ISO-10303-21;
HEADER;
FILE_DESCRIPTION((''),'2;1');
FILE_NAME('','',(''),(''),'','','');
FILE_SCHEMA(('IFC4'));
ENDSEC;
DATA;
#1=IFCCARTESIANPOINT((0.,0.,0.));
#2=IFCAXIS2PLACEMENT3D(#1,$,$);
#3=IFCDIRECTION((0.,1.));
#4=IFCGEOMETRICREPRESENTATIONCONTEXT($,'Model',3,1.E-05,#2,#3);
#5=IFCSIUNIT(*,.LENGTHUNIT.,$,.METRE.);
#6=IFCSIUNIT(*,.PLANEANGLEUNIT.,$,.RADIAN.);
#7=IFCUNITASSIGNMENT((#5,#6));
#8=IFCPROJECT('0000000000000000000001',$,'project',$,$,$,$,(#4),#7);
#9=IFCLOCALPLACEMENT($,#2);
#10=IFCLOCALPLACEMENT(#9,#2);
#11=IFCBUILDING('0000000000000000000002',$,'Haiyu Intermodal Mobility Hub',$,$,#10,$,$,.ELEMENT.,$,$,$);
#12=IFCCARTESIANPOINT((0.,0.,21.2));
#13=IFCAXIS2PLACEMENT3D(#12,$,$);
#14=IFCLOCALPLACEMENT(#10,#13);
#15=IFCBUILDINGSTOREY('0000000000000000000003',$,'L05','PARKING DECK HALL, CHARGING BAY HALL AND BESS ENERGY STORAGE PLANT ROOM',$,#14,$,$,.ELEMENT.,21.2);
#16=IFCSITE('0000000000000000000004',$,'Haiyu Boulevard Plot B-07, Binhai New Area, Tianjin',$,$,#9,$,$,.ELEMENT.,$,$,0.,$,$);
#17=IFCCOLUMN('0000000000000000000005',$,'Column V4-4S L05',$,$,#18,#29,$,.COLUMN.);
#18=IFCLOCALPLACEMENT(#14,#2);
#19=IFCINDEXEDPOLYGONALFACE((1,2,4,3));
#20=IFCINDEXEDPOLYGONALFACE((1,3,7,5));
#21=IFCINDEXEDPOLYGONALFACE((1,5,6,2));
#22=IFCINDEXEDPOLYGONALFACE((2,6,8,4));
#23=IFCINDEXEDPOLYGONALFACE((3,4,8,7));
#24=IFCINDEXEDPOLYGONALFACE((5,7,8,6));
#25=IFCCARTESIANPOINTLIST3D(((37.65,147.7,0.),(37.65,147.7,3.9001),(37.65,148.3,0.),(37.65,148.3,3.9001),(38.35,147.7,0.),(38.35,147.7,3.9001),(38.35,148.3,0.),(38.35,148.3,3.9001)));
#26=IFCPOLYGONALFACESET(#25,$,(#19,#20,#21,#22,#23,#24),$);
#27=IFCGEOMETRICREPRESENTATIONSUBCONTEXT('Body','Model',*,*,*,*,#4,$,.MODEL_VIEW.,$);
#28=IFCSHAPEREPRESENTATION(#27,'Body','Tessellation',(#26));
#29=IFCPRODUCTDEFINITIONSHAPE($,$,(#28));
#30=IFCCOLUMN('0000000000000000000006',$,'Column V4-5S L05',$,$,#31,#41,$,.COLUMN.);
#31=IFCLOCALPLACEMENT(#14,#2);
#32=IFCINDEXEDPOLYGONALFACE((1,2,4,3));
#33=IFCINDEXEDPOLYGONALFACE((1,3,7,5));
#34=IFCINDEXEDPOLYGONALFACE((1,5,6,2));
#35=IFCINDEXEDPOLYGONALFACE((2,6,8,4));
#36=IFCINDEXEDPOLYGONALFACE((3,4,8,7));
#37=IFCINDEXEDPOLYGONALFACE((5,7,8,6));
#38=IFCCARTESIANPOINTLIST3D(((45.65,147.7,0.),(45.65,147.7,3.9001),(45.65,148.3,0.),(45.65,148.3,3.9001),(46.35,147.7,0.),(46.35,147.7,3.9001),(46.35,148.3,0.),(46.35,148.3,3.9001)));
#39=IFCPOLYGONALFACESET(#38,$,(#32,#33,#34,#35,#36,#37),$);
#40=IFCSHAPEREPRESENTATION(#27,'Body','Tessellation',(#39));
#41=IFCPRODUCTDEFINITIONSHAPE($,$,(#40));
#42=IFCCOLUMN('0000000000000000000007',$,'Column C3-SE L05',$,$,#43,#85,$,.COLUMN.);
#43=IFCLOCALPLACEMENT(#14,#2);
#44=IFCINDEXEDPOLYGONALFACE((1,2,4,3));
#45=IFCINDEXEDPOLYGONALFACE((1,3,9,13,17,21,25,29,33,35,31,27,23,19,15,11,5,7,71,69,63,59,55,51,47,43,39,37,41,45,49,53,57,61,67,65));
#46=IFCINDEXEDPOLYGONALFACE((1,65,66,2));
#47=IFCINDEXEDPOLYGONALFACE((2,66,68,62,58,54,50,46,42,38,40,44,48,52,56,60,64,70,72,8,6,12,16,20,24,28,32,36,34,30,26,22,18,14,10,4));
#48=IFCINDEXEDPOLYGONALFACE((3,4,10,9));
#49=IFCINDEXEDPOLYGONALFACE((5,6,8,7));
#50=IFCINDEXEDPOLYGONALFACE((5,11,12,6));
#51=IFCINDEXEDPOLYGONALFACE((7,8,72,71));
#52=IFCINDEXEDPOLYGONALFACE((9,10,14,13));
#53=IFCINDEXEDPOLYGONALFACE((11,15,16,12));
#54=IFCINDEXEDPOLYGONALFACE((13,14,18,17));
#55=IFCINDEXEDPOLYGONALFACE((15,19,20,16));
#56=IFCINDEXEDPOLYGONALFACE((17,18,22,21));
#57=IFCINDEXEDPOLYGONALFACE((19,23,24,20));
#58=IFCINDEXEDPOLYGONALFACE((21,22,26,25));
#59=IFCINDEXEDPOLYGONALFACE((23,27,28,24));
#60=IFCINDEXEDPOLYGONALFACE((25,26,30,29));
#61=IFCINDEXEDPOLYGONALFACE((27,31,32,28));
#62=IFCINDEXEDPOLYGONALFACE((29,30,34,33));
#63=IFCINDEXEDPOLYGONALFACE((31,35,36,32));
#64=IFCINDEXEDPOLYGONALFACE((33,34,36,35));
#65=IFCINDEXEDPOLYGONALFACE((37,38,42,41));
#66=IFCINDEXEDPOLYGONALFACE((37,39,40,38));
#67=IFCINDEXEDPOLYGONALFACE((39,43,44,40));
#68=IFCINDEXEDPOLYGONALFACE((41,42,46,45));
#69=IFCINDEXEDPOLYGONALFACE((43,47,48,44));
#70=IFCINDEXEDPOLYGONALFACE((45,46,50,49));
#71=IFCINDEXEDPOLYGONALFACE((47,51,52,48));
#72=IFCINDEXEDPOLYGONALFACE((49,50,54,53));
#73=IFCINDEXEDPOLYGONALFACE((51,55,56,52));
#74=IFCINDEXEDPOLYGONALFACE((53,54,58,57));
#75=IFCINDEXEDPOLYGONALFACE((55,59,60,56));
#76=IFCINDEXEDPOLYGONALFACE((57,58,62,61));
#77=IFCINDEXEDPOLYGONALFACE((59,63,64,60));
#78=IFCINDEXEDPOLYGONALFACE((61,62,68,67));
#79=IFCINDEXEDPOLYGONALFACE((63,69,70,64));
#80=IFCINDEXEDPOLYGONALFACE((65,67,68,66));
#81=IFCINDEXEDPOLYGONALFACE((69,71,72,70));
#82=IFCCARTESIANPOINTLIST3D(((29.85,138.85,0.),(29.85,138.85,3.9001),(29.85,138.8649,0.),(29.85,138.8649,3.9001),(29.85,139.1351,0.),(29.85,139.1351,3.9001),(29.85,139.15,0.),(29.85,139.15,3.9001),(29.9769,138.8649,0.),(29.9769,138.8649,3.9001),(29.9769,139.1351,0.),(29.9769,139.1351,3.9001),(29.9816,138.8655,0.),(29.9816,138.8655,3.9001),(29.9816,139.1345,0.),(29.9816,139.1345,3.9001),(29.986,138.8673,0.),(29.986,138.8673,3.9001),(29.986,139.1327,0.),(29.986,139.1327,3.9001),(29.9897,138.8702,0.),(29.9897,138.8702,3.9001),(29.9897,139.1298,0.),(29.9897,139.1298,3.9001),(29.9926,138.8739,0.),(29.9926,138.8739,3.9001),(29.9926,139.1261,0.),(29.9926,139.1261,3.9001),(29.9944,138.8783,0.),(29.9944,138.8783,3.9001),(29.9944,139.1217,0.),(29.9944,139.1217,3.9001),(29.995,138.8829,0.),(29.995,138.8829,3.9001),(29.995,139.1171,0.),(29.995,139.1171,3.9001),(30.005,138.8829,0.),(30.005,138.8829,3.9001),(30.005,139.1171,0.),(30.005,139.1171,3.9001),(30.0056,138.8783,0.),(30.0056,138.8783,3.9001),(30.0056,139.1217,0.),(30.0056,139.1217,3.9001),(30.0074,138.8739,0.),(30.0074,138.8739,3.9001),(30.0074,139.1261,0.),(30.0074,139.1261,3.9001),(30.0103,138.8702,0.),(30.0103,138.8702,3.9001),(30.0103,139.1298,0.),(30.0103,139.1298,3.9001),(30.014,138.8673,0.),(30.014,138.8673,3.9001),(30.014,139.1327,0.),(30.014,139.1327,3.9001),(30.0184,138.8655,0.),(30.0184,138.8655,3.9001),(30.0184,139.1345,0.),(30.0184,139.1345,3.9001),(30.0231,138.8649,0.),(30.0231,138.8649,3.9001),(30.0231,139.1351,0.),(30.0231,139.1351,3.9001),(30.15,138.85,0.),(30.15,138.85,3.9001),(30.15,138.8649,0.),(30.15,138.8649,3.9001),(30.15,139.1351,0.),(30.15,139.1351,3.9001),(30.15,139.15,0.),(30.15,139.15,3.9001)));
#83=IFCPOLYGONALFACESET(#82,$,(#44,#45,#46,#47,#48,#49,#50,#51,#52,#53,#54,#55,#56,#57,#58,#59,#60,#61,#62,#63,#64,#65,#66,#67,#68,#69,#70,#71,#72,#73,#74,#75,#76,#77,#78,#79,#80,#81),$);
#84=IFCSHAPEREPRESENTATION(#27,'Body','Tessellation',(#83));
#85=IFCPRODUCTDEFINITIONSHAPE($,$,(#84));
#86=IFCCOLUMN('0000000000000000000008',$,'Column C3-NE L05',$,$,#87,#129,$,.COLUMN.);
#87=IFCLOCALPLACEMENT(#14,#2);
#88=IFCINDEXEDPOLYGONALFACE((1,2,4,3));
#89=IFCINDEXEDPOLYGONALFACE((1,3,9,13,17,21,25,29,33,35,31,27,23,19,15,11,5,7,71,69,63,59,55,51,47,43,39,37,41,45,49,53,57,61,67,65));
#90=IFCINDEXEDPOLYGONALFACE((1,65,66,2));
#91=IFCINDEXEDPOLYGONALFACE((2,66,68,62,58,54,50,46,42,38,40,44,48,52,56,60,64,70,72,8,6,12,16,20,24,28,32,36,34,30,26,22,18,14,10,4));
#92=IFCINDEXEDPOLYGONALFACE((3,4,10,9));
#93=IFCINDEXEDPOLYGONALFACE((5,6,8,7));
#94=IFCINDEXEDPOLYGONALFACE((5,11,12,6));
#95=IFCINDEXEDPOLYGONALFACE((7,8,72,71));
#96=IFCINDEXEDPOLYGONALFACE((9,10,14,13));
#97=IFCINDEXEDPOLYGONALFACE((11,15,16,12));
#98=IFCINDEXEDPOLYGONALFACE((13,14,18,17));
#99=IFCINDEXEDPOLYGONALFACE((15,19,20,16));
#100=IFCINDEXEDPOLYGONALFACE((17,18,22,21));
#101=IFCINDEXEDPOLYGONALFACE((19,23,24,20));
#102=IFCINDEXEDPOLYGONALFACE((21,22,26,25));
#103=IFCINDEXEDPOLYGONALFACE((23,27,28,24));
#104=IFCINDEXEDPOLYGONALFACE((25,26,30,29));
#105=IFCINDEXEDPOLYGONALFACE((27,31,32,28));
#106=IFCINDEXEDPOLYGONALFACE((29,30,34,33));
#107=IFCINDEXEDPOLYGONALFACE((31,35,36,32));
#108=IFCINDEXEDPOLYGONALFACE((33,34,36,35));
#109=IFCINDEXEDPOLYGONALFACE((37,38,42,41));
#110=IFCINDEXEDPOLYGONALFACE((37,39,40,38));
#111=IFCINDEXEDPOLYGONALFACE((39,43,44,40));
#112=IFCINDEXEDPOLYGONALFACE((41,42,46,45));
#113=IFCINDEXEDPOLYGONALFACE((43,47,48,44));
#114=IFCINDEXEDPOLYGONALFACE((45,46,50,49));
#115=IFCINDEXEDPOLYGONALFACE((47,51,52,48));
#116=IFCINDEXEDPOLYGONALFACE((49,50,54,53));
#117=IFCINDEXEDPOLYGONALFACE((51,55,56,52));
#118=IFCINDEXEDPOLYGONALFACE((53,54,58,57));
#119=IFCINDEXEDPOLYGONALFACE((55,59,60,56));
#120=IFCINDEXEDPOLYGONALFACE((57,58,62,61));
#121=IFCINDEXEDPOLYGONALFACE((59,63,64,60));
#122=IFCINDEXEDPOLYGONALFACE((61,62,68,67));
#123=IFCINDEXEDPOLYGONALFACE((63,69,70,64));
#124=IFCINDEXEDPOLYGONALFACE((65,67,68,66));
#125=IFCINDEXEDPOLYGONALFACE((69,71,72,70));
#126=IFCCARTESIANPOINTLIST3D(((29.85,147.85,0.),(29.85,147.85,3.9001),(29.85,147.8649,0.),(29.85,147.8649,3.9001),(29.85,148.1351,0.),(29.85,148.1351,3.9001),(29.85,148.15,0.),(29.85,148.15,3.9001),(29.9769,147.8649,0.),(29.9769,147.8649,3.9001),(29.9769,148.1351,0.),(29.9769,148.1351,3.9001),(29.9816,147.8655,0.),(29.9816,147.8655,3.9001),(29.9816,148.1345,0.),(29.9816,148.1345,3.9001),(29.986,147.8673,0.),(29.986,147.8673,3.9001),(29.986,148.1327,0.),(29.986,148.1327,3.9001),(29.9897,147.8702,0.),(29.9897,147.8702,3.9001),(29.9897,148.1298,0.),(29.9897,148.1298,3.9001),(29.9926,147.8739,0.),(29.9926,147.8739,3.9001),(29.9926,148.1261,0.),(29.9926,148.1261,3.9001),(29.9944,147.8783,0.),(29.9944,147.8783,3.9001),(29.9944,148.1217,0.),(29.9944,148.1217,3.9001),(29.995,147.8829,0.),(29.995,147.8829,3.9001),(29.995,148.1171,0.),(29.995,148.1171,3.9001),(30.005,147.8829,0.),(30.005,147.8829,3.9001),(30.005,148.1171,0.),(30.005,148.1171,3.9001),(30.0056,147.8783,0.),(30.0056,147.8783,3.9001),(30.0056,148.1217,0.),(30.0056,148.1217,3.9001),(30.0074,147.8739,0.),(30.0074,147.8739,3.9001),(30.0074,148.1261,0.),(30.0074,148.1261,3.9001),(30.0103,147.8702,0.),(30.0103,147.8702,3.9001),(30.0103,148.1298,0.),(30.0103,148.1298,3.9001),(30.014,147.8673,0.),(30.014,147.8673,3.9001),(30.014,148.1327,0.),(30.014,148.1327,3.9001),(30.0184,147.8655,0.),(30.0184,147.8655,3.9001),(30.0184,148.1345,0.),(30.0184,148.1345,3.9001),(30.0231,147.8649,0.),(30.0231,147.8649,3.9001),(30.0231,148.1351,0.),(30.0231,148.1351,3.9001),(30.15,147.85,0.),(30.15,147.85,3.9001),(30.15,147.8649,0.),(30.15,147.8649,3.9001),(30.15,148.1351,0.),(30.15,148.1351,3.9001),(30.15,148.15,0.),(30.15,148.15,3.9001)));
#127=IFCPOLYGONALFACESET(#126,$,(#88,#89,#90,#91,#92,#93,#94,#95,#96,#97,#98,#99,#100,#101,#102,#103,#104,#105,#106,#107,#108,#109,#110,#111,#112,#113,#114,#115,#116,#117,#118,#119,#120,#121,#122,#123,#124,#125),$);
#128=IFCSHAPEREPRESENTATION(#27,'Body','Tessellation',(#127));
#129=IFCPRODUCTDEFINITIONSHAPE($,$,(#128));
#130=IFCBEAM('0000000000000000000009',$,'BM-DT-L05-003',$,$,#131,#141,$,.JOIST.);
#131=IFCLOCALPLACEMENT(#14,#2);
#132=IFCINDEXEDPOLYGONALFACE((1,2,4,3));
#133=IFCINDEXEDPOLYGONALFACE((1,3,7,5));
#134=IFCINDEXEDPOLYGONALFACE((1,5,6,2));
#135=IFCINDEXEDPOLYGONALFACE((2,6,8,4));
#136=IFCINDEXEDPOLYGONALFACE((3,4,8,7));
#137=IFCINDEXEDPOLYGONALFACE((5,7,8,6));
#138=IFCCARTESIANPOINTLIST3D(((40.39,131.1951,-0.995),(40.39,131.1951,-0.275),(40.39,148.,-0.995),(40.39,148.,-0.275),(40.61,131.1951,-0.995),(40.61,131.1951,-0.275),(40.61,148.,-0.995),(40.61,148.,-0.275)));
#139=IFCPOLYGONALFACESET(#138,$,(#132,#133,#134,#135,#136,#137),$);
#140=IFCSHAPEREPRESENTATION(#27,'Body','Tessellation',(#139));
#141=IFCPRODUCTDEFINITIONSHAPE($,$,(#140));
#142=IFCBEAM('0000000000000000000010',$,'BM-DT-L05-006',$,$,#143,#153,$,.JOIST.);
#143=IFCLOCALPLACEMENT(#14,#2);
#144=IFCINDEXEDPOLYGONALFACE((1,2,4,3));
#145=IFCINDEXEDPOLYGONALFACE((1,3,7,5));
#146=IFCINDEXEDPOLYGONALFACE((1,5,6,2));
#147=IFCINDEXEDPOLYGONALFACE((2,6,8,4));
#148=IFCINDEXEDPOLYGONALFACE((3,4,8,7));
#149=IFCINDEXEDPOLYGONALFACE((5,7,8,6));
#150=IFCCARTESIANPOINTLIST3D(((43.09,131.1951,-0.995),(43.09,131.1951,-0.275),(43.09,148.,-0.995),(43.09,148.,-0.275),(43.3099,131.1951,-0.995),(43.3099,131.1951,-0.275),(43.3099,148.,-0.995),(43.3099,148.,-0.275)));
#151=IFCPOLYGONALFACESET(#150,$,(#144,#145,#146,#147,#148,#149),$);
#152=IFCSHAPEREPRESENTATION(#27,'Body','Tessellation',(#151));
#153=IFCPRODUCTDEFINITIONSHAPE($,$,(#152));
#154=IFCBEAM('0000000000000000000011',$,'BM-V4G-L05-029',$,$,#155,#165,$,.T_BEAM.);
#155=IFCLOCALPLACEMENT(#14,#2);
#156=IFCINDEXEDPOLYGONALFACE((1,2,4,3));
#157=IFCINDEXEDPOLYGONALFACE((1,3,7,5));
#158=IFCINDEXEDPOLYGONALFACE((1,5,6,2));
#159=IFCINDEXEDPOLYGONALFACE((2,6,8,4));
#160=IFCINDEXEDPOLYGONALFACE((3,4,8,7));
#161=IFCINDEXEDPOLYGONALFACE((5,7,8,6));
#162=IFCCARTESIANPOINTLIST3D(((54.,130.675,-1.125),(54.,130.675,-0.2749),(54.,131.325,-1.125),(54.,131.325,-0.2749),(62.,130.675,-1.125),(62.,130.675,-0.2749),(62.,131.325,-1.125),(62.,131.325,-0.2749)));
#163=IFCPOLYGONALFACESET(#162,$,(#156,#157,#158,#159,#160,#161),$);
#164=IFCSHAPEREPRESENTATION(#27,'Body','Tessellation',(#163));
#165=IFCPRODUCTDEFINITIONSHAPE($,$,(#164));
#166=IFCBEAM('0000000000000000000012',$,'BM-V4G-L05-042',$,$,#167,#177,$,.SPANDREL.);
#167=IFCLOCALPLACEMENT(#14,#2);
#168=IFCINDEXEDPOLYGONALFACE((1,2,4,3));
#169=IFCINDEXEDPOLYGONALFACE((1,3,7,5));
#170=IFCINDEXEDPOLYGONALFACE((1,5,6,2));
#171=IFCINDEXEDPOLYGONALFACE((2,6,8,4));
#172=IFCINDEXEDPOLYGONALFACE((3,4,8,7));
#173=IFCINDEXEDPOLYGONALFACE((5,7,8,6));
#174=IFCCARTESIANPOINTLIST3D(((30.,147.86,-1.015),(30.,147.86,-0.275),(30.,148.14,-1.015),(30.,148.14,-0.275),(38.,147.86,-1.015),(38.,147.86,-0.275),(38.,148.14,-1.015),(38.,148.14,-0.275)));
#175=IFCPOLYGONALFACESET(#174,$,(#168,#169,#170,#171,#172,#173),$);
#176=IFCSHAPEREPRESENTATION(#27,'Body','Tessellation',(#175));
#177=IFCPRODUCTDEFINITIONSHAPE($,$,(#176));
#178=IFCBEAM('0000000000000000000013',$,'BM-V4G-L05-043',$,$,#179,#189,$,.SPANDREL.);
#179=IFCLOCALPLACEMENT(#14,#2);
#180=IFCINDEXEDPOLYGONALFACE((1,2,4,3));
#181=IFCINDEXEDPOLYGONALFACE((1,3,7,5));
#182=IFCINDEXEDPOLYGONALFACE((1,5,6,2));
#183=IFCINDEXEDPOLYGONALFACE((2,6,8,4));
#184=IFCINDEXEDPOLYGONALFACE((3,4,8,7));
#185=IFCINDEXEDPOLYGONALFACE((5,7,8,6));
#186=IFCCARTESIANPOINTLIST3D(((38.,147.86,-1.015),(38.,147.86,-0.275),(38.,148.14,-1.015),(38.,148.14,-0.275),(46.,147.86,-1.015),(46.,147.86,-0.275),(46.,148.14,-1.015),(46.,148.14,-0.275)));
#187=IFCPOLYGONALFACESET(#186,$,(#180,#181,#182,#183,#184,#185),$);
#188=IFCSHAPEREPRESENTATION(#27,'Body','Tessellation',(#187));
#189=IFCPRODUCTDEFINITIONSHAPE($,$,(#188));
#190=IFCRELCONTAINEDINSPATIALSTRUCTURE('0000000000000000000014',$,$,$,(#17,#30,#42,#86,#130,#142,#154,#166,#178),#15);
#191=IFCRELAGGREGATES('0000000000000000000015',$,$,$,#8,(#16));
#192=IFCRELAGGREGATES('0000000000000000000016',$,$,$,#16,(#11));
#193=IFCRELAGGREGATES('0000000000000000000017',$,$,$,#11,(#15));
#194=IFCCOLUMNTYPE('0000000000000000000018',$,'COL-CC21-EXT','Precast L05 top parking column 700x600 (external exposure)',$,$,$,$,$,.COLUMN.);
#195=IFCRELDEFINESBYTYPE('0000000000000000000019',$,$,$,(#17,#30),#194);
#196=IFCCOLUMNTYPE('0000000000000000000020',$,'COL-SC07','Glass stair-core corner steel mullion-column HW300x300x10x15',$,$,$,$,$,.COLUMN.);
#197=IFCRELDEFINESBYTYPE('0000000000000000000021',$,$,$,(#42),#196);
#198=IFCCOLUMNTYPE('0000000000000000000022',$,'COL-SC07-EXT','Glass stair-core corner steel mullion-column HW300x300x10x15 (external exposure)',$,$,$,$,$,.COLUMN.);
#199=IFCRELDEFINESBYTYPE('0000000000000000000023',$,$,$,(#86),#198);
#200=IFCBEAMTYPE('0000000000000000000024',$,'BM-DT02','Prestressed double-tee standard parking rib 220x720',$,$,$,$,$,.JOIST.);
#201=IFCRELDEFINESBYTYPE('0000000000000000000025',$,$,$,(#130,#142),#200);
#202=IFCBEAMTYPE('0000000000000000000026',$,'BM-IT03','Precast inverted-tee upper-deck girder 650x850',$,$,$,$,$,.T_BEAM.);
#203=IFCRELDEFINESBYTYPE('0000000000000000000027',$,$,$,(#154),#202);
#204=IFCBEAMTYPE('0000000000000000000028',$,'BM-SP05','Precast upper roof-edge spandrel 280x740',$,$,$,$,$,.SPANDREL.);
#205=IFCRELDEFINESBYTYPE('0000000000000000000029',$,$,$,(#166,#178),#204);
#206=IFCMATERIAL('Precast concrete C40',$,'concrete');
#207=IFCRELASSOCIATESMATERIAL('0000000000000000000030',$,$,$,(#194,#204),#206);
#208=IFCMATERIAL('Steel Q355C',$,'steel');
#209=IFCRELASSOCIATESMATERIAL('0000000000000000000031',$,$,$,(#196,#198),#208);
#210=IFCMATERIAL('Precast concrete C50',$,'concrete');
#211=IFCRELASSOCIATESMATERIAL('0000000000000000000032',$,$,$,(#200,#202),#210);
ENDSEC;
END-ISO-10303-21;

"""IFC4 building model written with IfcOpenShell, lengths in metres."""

from ifc_helpers import new_model, si_unit, direction, frame, origin, origin_2d, place, context, subcontext, project, spatial, rectangle, i_section, extrude, material, material_profile, profile_set, type_object, element, save


model = new_model("IFC4")

# Units and contexts
model_context = context("Model", 3, precision=1e-05, world=origin(), true_north=direction((0.0, 1.0)))
body_context = subcontext(model_context, "Body", "Model", "MODEL_VIEW")
ifc_project = project(units=[si_unit("LENGTHUNIT", "METRE"), si_unit("PLANEANGLEUNIT", "RADIAN")], contexts=[model_context])

# Site, building, storey
site_placement = place(None, origin())
site = spatial("IfcSite", under=ifc_project, at=site_placement, Name="Haiyu Boulevard Plot B-07, Binhai New Area, Tianjin", CompositionType="ELEMENT", RefElevation=0.0)
building_placement = place(site_placement, origin())
building = spatial("IfcBuilding", under=site, at=building_placement, Name="Haiyu Intermodal Mobility Hub", CompositionType="ELEMENT")
storey_placement = place(building_placement, frame((0.0, 0.0, 21.2)))
storey = spatial("IfcBuildingStorey", under=building, at=storey_placement, Name="L05", Description="PARKING DECK HALL, CHARGING BAY HALL AND BESS ENERGY STORAGE PLANT ROOM", CompositionType="ELEMENT", Elevation=21.2)

# Columns
ifc_material_1 = material(Name="Precast concrete C40", Category="concrete")
ifc_material_profile_1 = material_profile(ifc_material_1, rectangle(XDim=0.7, YDim=0.6001, at=origin_2d()), Name="C700x600")
ifc_profile_set_1 = profile_set([ifc_material_profile_1], Name="Precast concrete C40")
column_type_1 = type_object("IfcColumnType", Name="COL-CC21-EXT", Description="Precast L05 top parking column 700x600 (external exposure)", PredefinedType="COLUMN", material=ifc_profile_set_1)
for number, where, z_axis, x_axis, name in (
    (1, (38.0, 148.0, 0.0), (0.0, 0.0, 1.0), (1.0, 0.0, 0.0), "Column V4-4S L05"),
    (2, (46.0, 148.0, 0.0), (0.0, 0.0, 1.0), (1.0, 0.0, 0.0), "Column V4-5S L05"),
):
    element("IfcColumn", number, at=place(storey_placement, frame(where, z_axis=z_axis, x_axis=x_axis)), inside=storey, type_object=column_type_1, Name=name, PredefinedType="COLUMN", context=body_context, shape_type="SweptSolid", body=[
        extrude(rectangle(XDim=0.7, YDim=0.6001, at=origin_2d()), origin(), (0.0, 0.0, 1.0), 3.9001),
    ])
ifc_material_2 = material(Name="Steel Q355C", Category="steel")
ifc_material_profile_2 = material_profile(ifc_material_2, i_section(OverallWidth=0.3, OverallDepth=0.3, WebThickness=0.01, FlangeThickness=0.0149, FilletRadius=0.0181, at=origin_2d()), Name="HW300x300x10x15")
ifc_profile_set_2 = profile_set([ifc_material_profile_2], Name="Steel Q355C")
column_type_2 = type_object("IfcColumnType", Name="COL-SC07", Description="Glass stair-core corner steel mullion-column HW300x300x10x15", PredefinedType="COLUMN", material=ifc_profile_set_2)
column_1_placement = place(storey_placement, frame((30.0, 139.0, 0.0), z_axis=(0.0, 0.0, 1.0), x_axis=(1.0, 0.0, 0.0)))
element("IfcColumn", 3, at=column_1_placement, inside=storey, type_object=column_type_2, Name="Column C3-SE L05", PredefinedType="COLUMN", context=body_context, shape_type="SweptSolid", body=[
    extrude(i_section(OverallWidth=0.3, OverallDepth=0.3, WebThickness=0.01, FlangeThickness=0.0149, FilletRadius=0.0181, at=origin_2d()), origin(), (0.0, 0.0, 1.0), 3.9001),
])
ifc_material_profile_3 = material_profile(ifc_material_2, i_section(OverallWidth=0.3, OverallDepth=0.3, WebThickness=0.01, FlangeThickness=0.0149, FilletRadius=0.0181, at=origin_2d()), Name="HW300x300x10x15")
ifc_profile_set_3 = profile_set([ifc_material_profile_3], Name="Steel Q355C")
column_type_3 = type_object("IfcColumnType", Name="COL-SC07-EXT", Description="Glass stair-core corner steel mullion-column HW300x300x10x15 (external exposure)", PredefinedType="COLUMN", material=ifc_profile_set_3)
column_2_placement = place(storey_placement, frame((30.0, 148.0, 0.0), z_axis=(0.0, 0.0, 1.0), x_axis=(1.0, 0.0, 0.0)))
element("IfcColumn", 4, at=column_2_placement, inside=storey, type_object=column_type_3, Name="Column C3-NE L05", PredefinedType="COLUMN", context=body_context, shape_type="SweptSolid", body=[
    extrude(i_section(OverallWidth=0.3, OverallDepth=0.3, WebThickness=0.01, FlangeThickness=0.0149, FilletRadius=0.0181, at=origin_2d()), origin(), (0.0, 0.0, 1.0), 3.9001),
])

# Beams
ifc_material_3 = material(Name="Precast concrete C50", Category="concrete")
ifc_material_profile_4 = material_profile(ifc_material_3, rectangle(XDim=0.22, YDim=0.72, at=origin_2d()), Name="PC220x720")
ifc_profile_set_4 = profile_set([ifc_material_profile_4], Name="Precast concrete C50")
beam_type_1 = type_object("IfcBeamType", Name="BM-DT02", Description="Prestressed double-tee standard parking rib 220x720", PredefinedType="JOIST", material=ifc_profile_set_4)
for number, where, z_axis, x_axis, name in (
    (5, (40.5, 131.1951, -0.635), (0.0, 1.0, 0.0), (-1.0, 0.0, 0.0), "BM-DT-L05-003"),
    (6, (43.2, 131.1951, -0.635), (0.0, 1.0, 0.0), (-1.0, 0.0, 0.0), "BM-DT-L05-006"),
):
    element("IfcBeam", number, at=place(storey_placement, frame(where, z_axis=z_axis, x_axis=x_axis)), inside=storey, type_object=beam_type_1, Name=name, PredefinedType="JOIST", context=body_context, shape_type="SweptSolid", body=[
        extrude(rectangle(XDim=0.22, YDim=0.72, at=origin_2d()), origin(), (0.0, 0.0, 1.0), 16.8049),
    ])
ifc_material_profile_5 = material_profile(ifc_material_3, rectangle(XDim=0.6499, YDim=0.8501, at=origin_2d()), Name="PC650x850")
ifc_profile_set_5 = profile_set([ifc_material_profile_5], Name="Precast concrete C50")
beam_type_2 = type_object("IfcBeamType", Name="BM-IT03", Description="Precast inverted-tee upper-deck girder 650x850", PredefinedType="T_BEAM", material=ifc_profile_set_5)
beam_placement = place(storey_placement, frame((54.0, 131.0, -0.7), z_axis=(1.0, 0.0, 0.0), x_axis=(0.0, 1.0, 0.0)))
element("IfcBeam", 7, at=beam_placement, inside=storey, type_object=beam_type_2, Name="BM-V4G-L05-029", PredefinedType="T_BEAM", context=body_context, shape_type="SweptSolid", body=[
    extrude(rectangle(XDim=0.6499, YDim=0.8501, at=origin_2d()), origin(), (0.0, 0.0, 1.0), 8.0),
])
ifc_material_profile_6 = material_profile(ifc_material_1, rectangle(XDim=0.28, YDim=0.74, at=origin_2d()), Name="B280x740")
ifc_profile_set_6 = profile_set([ifc_material_profile_6], Name="Precast concrete C40")
beam_type_3 = type_object("IfcBeamType", Name="BM-SP05", Description="Precast upper roof-edge spandrel 280x740", PredefinedType="SPANDREL", material=ifc_profile_set_6)
for number, where, z_axis, x_axis, name in (
    (8, (30.0, 148.0, -0.645), (1.0, 0.0, 0.0), (0.0, 1.0, 0.0), "BM-V4G-L05-042"),
    (9, (38.0, 148.0, -0.645), (1.0, 0.0, 0.0), (0.0, 1.0, 0.0), "BM-V4G-L05-043"),
):
    element("IfcBeam", number, at=place(storey_placement, frame(where, z_axis=z_axis, x_axis=x_axis)), inside=storey, type_object=beam_type_3, Name=name, PredefinedType="SPANDREL", context=body_context, shape_type="SweptSolid", body=[
        extrude(rectangle(XDim=0.28, YDim=0.74, at=origin_2d()), origin(), (0.0, 0.0, 1.0), 8.0),
    ])

save(model, "model.ifc")
